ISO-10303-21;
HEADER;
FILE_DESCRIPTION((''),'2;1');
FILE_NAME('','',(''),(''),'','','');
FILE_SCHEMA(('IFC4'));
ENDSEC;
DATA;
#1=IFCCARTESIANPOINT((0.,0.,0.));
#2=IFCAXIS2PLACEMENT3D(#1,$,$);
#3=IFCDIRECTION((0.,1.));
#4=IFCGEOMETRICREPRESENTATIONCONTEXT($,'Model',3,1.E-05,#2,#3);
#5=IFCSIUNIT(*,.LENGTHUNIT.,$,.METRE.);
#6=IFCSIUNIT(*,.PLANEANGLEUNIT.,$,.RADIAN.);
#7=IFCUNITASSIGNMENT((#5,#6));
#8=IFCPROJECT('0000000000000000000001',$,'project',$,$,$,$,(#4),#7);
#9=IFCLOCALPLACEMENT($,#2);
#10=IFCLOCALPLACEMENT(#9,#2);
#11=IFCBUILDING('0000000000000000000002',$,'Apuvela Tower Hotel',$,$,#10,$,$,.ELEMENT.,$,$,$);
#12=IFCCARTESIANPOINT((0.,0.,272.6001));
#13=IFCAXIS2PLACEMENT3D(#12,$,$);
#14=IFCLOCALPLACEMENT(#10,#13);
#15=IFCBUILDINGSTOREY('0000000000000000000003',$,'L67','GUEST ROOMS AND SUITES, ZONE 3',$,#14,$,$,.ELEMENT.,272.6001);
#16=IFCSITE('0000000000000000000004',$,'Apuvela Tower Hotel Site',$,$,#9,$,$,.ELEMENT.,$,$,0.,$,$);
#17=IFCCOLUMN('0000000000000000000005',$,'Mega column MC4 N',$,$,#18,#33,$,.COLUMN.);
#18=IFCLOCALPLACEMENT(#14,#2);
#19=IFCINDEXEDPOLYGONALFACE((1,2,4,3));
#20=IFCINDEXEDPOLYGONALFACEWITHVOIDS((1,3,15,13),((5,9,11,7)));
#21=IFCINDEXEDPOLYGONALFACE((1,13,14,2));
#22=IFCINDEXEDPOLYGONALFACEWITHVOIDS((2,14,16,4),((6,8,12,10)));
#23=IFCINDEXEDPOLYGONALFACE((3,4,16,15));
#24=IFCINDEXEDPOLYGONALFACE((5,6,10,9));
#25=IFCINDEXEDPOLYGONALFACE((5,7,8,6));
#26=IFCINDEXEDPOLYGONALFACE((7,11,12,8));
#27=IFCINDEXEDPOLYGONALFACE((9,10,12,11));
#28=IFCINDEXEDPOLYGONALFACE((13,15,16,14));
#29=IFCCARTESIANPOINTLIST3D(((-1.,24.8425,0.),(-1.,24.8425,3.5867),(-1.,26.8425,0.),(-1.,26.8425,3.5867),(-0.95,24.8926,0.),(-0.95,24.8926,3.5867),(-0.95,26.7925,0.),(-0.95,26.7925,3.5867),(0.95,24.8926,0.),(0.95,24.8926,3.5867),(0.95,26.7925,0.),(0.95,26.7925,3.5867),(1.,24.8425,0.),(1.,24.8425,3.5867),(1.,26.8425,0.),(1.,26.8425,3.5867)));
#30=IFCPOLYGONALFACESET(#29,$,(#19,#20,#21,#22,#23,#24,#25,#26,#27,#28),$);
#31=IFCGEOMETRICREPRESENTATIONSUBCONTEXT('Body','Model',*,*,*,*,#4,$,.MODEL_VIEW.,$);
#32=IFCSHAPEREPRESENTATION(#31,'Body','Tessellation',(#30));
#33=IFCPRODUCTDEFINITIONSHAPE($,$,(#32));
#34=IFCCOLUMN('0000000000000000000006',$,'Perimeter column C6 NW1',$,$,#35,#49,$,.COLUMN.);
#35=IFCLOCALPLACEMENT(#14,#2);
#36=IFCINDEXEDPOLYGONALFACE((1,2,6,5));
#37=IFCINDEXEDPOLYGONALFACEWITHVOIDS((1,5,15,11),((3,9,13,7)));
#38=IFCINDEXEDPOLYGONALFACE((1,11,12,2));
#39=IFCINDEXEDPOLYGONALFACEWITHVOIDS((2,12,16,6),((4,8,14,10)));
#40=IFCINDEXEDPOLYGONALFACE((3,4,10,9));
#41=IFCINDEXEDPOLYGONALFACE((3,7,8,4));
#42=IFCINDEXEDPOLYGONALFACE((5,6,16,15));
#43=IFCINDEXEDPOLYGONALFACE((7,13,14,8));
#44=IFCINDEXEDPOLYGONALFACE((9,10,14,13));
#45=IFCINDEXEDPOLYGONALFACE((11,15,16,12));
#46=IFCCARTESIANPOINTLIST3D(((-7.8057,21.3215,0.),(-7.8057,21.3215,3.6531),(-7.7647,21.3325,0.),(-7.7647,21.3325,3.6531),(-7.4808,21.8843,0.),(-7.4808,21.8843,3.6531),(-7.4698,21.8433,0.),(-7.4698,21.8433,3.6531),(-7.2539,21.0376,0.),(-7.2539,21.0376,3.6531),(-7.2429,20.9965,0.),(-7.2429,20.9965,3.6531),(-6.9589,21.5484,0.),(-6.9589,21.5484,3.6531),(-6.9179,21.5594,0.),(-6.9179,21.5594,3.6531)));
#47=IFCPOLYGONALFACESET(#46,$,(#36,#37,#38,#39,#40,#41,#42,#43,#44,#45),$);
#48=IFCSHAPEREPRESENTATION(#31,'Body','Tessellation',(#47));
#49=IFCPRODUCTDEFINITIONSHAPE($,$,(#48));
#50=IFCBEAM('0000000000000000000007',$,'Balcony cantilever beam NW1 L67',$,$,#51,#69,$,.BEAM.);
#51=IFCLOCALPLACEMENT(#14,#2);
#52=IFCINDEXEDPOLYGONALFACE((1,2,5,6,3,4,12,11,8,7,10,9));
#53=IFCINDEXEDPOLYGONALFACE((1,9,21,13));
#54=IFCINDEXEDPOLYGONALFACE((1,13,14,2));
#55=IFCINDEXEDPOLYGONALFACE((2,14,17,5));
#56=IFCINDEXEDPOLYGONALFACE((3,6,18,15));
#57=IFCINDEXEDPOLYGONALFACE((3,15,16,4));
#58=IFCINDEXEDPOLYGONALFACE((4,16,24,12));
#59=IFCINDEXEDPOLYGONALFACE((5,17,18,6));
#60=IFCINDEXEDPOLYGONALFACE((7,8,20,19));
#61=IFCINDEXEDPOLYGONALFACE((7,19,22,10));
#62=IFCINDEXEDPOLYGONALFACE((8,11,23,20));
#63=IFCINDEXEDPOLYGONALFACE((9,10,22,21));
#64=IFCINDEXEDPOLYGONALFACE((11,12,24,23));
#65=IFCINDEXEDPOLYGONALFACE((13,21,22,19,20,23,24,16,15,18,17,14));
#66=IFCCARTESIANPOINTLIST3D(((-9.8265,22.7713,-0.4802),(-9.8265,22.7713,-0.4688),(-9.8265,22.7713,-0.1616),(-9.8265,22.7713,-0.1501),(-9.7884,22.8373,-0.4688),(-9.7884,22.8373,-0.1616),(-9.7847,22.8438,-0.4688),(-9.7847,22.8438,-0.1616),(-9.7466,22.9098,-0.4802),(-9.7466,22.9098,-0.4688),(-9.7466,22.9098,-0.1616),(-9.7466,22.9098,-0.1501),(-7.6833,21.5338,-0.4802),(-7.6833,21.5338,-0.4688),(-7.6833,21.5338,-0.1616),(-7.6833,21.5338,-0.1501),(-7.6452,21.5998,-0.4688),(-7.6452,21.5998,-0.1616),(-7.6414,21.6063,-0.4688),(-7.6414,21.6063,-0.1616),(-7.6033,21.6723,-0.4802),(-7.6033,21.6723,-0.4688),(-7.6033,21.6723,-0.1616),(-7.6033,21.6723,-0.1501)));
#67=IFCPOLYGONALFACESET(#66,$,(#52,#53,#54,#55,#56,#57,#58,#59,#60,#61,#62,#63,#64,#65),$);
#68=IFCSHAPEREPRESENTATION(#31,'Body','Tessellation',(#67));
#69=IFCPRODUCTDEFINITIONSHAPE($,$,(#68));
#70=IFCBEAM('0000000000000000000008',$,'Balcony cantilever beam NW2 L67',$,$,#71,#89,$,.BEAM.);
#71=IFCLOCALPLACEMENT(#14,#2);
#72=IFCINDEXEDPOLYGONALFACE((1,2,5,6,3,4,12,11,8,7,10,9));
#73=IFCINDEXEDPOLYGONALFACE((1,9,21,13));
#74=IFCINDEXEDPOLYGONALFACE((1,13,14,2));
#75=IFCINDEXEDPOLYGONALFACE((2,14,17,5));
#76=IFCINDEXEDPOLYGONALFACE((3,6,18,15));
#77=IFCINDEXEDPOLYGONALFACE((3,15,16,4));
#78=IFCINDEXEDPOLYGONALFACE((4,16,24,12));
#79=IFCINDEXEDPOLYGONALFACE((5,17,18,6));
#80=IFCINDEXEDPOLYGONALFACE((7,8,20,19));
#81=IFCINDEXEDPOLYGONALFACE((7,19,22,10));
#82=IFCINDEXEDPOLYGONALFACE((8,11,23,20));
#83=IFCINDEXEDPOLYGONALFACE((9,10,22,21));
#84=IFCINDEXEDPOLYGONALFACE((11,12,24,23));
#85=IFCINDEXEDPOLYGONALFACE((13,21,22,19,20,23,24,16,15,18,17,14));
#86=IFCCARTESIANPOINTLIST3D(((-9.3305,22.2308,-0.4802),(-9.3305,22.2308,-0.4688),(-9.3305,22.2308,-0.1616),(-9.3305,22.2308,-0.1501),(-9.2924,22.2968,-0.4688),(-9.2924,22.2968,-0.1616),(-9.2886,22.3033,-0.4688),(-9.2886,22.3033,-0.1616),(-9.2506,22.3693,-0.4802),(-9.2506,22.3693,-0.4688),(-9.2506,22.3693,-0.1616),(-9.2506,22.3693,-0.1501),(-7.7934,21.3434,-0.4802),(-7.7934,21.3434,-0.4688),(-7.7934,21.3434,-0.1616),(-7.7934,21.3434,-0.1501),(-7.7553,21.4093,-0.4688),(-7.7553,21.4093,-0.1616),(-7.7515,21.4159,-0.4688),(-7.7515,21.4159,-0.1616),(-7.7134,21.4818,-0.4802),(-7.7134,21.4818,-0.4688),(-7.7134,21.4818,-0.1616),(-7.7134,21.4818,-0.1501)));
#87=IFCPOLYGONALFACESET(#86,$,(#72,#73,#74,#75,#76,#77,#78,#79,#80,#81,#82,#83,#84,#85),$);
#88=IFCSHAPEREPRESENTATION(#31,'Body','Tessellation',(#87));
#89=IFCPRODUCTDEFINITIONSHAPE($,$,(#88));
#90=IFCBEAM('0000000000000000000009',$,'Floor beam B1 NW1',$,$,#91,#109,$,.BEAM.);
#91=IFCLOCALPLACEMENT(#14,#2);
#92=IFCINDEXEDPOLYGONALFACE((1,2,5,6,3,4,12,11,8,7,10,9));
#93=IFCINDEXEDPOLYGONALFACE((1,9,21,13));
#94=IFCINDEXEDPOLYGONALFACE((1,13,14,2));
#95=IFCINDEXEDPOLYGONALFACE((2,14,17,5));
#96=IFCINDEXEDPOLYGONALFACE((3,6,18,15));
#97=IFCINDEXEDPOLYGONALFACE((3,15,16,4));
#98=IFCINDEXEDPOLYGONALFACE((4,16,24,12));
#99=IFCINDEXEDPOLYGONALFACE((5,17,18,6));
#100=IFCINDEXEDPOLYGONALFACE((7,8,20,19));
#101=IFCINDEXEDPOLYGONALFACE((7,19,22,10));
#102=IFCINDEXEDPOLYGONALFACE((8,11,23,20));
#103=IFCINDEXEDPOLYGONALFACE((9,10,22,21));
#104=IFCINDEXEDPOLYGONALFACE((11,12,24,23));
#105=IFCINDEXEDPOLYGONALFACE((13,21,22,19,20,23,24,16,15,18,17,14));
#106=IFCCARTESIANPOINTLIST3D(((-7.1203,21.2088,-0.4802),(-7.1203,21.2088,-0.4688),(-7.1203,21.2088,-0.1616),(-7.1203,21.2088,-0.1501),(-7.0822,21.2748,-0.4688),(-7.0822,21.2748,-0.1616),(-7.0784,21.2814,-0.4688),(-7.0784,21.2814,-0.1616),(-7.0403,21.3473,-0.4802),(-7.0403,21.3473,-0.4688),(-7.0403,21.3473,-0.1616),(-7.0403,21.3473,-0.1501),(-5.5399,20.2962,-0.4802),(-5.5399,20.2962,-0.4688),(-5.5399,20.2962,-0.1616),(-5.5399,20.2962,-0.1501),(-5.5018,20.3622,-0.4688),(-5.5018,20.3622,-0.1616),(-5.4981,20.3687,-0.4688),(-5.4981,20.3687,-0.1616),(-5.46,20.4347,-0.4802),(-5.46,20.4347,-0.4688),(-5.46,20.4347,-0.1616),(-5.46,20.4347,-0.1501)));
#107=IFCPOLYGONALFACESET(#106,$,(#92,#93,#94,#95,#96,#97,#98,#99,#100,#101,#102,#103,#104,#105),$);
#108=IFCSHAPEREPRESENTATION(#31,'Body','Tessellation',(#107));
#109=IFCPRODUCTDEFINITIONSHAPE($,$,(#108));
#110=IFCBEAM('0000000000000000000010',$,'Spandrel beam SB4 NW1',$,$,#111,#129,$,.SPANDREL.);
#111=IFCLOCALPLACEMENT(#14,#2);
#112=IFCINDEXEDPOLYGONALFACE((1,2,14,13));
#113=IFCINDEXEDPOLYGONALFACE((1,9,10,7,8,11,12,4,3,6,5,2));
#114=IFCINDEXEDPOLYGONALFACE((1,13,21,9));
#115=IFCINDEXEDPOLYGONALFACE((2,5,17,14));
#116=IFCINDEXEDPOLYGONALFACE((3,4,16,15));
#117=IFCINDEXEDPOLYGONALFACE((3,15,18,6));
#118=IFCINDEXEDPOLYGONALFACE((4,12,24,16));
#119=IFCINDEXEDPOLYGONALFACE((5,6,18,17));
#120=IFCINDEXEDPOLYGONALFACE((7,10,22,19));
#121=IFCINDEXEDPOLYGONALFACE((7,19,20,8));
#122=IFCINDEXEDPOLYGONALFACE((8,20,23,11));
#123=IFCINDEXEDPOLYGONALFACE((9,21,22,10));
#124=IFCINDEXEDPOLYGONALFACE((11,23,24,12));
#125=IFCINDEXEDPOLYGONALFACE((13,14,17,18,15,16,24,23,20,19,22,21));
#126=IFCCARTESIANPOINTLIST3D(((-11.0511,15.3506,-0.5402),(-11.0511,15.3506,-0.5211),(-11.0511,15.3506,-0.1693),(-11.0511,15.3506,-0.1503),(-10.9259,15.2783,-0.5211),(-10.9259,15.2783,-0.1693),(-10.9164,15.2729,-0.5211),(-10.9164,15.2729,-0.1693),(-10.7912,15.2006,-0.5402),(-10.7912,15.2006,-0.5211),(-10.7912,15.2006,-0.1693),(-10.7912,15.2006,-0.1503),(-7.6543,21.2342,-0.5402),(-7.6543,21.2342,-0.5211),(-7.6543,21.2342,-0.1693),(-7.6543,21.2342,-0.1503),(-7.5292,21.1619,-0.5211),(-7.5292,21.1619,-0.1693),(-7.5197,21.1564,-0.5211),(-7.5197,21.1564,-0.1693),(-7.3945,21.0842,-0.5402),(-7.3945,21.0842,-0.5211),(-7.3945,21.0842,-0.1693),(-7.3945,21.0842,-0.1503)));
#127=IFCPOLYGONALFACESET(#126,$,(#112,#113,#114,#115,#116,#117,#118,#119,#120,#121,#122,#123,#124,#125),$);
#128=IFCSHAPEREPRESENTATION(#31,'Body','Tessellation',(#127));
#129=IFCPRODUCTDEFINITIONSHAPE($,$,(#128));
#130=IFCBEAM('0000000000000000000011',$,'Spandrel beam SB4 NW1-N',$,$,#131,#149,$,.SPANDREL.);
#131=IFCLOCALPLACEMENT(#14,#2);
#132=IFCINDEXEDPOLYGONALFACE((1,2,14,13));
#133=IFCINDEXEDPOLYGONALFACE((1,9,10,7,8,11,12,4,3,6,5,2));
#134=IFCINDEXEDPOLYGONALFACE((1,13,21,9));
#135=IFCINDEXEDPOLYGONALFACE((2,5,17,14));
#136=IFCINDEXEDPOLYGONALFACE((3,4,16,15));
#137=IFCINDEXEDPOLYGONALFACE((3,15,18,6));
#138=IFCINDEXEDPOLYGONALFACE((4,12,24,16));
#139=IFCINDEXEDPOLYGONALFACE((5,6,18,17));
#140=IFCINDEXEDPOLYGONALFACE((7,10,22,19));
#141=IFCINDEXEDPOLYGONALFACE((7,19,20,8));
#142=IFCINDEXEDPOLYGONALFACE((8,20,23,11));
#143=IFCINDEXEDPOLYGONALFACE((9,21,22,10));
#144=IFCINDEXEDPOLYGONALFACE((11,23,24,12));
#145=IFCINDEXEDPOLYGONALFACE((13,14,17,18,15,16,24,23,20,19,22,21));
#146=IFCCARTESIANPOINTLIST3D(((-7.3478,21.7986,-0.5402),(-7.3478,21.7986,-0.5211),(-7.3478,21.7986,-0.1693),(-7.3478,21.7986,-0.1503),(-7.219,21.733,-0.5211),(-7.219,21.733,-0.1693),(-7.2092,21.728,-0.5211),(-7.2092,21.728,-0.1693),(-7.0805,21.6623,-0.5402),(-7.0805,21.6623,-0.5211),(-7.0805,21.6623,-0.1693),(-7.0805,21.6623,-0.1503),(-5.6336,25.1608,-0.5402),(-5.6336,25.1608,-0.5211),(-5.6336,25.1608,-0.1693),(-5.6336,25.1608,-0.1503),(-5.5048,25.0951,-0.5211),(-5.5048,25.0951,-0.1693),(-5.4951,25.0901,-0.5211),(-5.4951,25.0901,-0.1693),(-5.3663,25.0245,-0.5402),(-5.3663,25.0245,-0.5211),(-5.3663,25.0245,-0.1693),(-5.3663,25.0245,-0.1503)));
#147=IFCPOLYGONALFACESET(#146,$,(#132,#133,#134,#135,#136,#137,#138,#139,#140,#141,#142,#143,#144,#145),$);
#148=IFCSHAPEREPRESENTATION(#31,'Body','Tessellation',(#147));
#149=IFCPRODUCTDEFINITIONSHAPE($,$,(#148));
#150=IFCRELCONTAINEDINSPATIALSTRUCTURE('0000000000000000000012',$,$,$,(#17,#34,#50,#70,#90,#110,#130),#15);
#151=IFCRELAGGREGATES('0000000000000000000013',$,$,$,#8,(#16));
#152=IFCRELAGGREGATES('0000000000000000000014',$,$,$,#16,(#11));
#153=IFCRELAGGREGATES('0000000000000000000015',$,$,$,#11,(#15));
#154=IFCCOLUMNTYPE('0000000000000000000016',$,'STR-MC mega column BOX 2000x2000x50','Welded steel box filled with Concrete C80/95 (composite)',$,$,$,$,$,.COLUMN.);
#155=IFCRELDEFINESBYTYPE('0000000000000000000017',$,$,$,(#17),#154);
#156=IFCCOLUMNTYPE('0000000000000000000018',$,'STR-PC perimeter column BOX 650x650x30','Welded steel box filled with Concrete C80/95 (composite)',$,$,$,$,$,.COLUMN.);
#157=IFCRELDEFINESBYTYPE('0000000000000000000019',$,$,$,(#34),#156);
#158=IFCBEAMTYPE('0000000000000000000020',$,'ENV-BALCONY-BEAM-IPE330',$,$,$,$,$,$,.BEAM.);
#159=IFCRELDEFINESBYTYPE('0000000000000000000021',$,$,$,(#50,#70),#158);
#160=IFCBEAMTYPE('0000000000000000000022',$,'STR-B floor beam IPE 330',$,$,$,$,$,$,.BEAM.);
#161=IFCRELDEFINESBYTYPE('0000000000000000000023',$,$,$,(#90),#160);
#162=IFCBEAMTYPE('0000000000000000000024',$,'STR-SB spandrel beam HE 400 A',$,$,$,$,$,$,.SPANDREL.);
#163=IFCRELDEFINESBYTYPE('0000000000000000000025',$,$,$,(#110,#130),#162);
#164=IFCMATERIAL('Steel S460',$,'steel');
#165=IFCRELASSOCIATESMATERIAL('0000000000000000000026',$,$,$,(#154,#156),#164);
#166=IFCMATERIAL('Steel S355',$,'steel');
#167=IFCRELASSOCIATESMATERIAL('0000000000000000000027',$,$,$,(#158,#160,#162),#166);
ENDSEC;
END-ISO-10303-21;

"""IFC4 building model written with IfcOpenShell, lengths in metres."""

from ifc_helpers import new_model, si_unit, direction, frame, origin, origin_2d, place, context, subcontext, project, spatial, rectangle, hollow_rectangle, i_section, extrude, boolean, halfspace, material, material_profile, profile_set, type_object, element, save


model = new_model("IFC4")

# Units and contexts
model_context = context("Model", 3, precision=1e-05, world=origin(), true_north=direction((0.0, 1.0)))
body_context = subcontext(model_context, "Body", "Model", "MODEL_VIEW")
ifc_project = project(units=[si_unit("LENGTHUNIT", "METRE"), si_unit("PLANEANGLEUNIT", "RADIAN")], contexts=[model_context])

# Site, building, storey
site_placement = place(None, origin())
site = spatial("IfcSite", under=ifc_project, at=site_placement, Name="Apuvela Tower Hotel Site", CompositionType="ELEMENT", RefElevation=0.0)
building_placement = place(site_placement, origin())
building = spatial("IfcBuilding", under=site, at=building_placement, Name="Apuvela Tower Hotel", CompositionType="ELEMENT")
storey_placement = place(building_placement, frame((0.0, 0.0, 272.6001)))
storey = spatial("IfcBuildingStorey", under=building, at=storey_placement, Name="L67", Description="GUEST ROOMS AND SUITES, ZONE 3", CompositionType="ELEMENT", Elevation=272.6001)

# Columns
ifc_material_1 = material(Name="Steel S460", Category="steel")
ifc_material_profile_1 = material_profile(ifc_material_1, hollow_rectangle(XDim=2.0, YDim=2.0, WallThickness=0.05, at=origin_2d()), Name="BOX 2000x2000x50")
ifc_material_2 = material(Name="Concrete C80/95", Category="concrete")
ifc_material_profile_2 = material_profile(ifc_material_2, rectangle(XDim=1.8999, YDim=1.8999, at=origin_2d()), Name="Concrete C80/95 infill")
ifc_profile_set_1 = profile_set([ifc_material_profile_1, ifc_material_profile_2], Name="Steel S460")
column_type_1 = type_object("IfcColumnType", Name="STR-MC mega column BOX 2000x2000x50", Description="Welded steel box filled with Concrete C80/95 (composite)", PredefinedType="COLUMN", material=ifc_profile_set_1)
column_1_placement = place(storey_placement, frame((0.0, 25.8425, 0.0), z_axis=(0.0, 0.0, 1.0), x_axis=(1.0, 0.0, 0.0)))
element("IfcColumn", 1, at=column_1_placement, inside=storey, type_object=column_type_1, Name="Mega column MC4 N", PredefinedType="COLUMN", context=body_context, shape_type="SweptSolid", body=[
    boolean("DIFFERENCE", extrude(hollow_rectangle(XDim=2.0, YDim=2.0, WallThickness=0.05, at=origin_2d()), origin(), (0.0, 0.0, 1.0), 3.7), halfspace(frame((0.0, 0.0, 3.5867), z_axis=(0.0, 0.0, 1.0), x_axis=(1.0, 0.0, 0.0)), False)),
])
ifc_material_profile_3 = material_profile(ifc_material_1, hollow_rectangle(XDim=0.6499, YDim=0.6499, WallThickness=0.03, at=origin_2d()), Name="BOX 650x650x30")
ifc_material_profile_4 = material_profile(ifc_material_2, rectangle(XDim=0.5901, YDim=0.5901, at=origin_2d()), Name="Concrete C80/95 infill")
ifc_profile_set_2 = profile_set([ifc_material_profile_3, ifc_material_profile_4], Name="Steel S460")
column_type_2 = type_object("IfcColumnType", Name="STR-PC perimeter column BOX 650x650x30", Description="Welded steel box filled with Concrete C80/95 (composite)", PredefinedType="COLUMN", material=ifc_profile_set_2)
column_2_placement = place(storey_placement, frame((-7.3618, 21.4404, 0.0), z_axis=(0.0, 0.0, 1.0), x_axis=(0.5, 0.866025, 0.0)))
element("IfcColumn", 2, at=column_2_placement, inside=storey, type_object=column_type_2, Name="Perimeter column C6 NW1", PredefinedType="COLUMN", context=body_context, shape_type="SweptSolid", body=[
    boolean("DIFFERENCE", extrude(hollow_rectangle(XDim=0.6499, YDim=0.6499, WallThickness=0.03, at=origin_2d()), origin(), (0.0, 0.0, 1.0), 3.7), halfspace(frame((0.0, 0.0, 3.6531), z_axis=(0.0, 0.0, 1.0), x_axis=(1.0, 0.0, 0.0)), False)),
])

# Beams
ifc_material_3 = material(Name="Steel S355", Category="steel")
ifc_material_profile_5 = material_profile(ifc_material_3, i_section(OverallWidth=0.1599, OverallDepth=0.3301, WebThickness=0.0076, FlangeThickness=0.0115, at=origin_2d()), Name="IPE 330")
ifc_profile_set_3 = profile_set([ifc_material_profile_5], Name="Steel S355")
beam_type_1 = type_object("IfcBeamType", Name="ENV-BALCONY-BEAM-IPE330", PredefinedType="BEAM", material=ifc_profile_set_3)
beam_1_placement = place(storey_placement, frame((-7.6433, 21.603, -0.3152), z_axis=(-0.866007, 0.500033, 0.0), x_axis=(-0.500033, -0.866007, 0.0)))
element("IfcBeam", 3, at=beam_1_placement, inside=storey, type_object=beam_type_1, Name="Balcony cantilever beam NW1 L67", PredefinedType="BEAM", context=body_context, shape_type="SweptSolid", body=[
    extrude(i_section(OverallWidth=0.1599, OverallDepth=0.3301, WebThickness=0.0076, FlangeThickness=0.0115, at=origin_2d()), origin(), (0.0, 0.0, 1.0), 2.4749),
])
beam_2_placement = place(storey_placement, frame((-7.7534, 21.4126, -0.3152), z_axis=(-0.866025, 0.5, 0.0), x_axis=(-0.5, -0.866025, 0.0)))
element("IfcBeam", 4, at=beam_2_placement, inside=storey, type_object=beam_type_1, Name="Balcony cantilever beam NW2 L67", PredefinedType="BEAM", context=body_context, shape_type="SweptSolid", body=[
    extrude(i_section(OverallWidth=0.1599, OverallDepth=0.3301, WebThickness=0.0076, FlangeThickness=0.0115, at=origin_2d()), origin(), (0.0, 0.0, 1.0), 1.7749),
])
ifc_material_profile_6 = material_profile(ifc_material_3, i_section(OverallWidth=0.1599, OverallDepth=0.3301, WebThickness=0.0076, FlangeThickness=0.0115, at=origin_2d()), Name="IPE 330")
ifc_profile_set_4 = profile_set([ifc_material_profile_6], Name="Steel S355")
beam_type_2 = type_object("IfcBeamType", Name="STR-B floor beam IPE 330", PredefinedType="BEAM", material=ifc_profile_set_4)
beam_3_placement = place(storey_placement, frame((-7.0803, 21.2781, -0.3152), z_axis=(0.865978, -0.500081, 0.0), x_axis=(0.500081, 0.865978, 0.0)))
element("IfcBeam", 5, at=beam_3_placement, inside=storey, type_object=beam_type_2, Name="Floor beam B1 NW1", PredefinedType="BEAM", context=body_context, shape_type="SweptSolid", body=[
    extrude(i_section(OverallWidth=0.1599, OverallDepth=0.3301, WebThickness=0.0076, FlangeThickness=0.0115, at=origin_2d()), origin(), (0.0, 0.0, 1.0), 1.825),
])
ifc_material_profile_7 = material_profile(ifc_material_3, i_section(OverallWidth=0.3, OverallDepth=0.3899, WebThickness=0.011, FlangeThickness=0.019, at=origin_2d()), Name="HE 400 A")
ifc_profile_set_5 = profile_set([ifc_material_profile_7], Name="Steel S355")
beam_type_3 = type_object("IfcBeamType", Name="STR-SB spandrel beam HE 400 A", PredefinedType="SPANDREL", material=ifc_profile_set_5)
beam_4_placement = place(storey_placement, frame((-7.5244, 21.1592, -0.3452), z_axis=(-0.499985, -0.866034, 0.0), x_axis=(0.866034, -0.499985, 0.0)))
element("IfcBeam", 6, at=beam_4_placement, inside=storey, type_object=beam_type_3, Name="Spandrel beam SB4 NW1", PredefinedType="SPANDREL", context=body_context, shape_type="SweptSolid", body=[
    extrude(i_section(OverallWidth=0.3, OverallDepth=0.3899, WebThickness=0.011, FlangeThickness=0.019, at=origin_2d()), origin(), (0.0, 0.0, 1.0), 6.7937),
])
beam_5_placement = place(storey_placement, frame((-7.2141, 21.7305, -0.3452), z_axis=(0.454213, 0.890893, 0.0), x_axis=(-0.890893, 0.454213, 0.0)))
element("IfcBeam", 7, at=beam_5_placement, inside=storey, type_object=beam_type_3, Name="Spandrel beam SB4 NW1-N", PredefinedType="SPANDREL", context=body_context, shape_type="SweptSolid", body=[
    extrude(i_section(OverallWidth=0.3, OverallDepth=0.3899, WebThickness=0.011, FlangeThickness=0.019, at=origin_2d()), origin(), (0.0, 0.0, 1.0), 3.7739),
])

save(model, "model.ifc")
